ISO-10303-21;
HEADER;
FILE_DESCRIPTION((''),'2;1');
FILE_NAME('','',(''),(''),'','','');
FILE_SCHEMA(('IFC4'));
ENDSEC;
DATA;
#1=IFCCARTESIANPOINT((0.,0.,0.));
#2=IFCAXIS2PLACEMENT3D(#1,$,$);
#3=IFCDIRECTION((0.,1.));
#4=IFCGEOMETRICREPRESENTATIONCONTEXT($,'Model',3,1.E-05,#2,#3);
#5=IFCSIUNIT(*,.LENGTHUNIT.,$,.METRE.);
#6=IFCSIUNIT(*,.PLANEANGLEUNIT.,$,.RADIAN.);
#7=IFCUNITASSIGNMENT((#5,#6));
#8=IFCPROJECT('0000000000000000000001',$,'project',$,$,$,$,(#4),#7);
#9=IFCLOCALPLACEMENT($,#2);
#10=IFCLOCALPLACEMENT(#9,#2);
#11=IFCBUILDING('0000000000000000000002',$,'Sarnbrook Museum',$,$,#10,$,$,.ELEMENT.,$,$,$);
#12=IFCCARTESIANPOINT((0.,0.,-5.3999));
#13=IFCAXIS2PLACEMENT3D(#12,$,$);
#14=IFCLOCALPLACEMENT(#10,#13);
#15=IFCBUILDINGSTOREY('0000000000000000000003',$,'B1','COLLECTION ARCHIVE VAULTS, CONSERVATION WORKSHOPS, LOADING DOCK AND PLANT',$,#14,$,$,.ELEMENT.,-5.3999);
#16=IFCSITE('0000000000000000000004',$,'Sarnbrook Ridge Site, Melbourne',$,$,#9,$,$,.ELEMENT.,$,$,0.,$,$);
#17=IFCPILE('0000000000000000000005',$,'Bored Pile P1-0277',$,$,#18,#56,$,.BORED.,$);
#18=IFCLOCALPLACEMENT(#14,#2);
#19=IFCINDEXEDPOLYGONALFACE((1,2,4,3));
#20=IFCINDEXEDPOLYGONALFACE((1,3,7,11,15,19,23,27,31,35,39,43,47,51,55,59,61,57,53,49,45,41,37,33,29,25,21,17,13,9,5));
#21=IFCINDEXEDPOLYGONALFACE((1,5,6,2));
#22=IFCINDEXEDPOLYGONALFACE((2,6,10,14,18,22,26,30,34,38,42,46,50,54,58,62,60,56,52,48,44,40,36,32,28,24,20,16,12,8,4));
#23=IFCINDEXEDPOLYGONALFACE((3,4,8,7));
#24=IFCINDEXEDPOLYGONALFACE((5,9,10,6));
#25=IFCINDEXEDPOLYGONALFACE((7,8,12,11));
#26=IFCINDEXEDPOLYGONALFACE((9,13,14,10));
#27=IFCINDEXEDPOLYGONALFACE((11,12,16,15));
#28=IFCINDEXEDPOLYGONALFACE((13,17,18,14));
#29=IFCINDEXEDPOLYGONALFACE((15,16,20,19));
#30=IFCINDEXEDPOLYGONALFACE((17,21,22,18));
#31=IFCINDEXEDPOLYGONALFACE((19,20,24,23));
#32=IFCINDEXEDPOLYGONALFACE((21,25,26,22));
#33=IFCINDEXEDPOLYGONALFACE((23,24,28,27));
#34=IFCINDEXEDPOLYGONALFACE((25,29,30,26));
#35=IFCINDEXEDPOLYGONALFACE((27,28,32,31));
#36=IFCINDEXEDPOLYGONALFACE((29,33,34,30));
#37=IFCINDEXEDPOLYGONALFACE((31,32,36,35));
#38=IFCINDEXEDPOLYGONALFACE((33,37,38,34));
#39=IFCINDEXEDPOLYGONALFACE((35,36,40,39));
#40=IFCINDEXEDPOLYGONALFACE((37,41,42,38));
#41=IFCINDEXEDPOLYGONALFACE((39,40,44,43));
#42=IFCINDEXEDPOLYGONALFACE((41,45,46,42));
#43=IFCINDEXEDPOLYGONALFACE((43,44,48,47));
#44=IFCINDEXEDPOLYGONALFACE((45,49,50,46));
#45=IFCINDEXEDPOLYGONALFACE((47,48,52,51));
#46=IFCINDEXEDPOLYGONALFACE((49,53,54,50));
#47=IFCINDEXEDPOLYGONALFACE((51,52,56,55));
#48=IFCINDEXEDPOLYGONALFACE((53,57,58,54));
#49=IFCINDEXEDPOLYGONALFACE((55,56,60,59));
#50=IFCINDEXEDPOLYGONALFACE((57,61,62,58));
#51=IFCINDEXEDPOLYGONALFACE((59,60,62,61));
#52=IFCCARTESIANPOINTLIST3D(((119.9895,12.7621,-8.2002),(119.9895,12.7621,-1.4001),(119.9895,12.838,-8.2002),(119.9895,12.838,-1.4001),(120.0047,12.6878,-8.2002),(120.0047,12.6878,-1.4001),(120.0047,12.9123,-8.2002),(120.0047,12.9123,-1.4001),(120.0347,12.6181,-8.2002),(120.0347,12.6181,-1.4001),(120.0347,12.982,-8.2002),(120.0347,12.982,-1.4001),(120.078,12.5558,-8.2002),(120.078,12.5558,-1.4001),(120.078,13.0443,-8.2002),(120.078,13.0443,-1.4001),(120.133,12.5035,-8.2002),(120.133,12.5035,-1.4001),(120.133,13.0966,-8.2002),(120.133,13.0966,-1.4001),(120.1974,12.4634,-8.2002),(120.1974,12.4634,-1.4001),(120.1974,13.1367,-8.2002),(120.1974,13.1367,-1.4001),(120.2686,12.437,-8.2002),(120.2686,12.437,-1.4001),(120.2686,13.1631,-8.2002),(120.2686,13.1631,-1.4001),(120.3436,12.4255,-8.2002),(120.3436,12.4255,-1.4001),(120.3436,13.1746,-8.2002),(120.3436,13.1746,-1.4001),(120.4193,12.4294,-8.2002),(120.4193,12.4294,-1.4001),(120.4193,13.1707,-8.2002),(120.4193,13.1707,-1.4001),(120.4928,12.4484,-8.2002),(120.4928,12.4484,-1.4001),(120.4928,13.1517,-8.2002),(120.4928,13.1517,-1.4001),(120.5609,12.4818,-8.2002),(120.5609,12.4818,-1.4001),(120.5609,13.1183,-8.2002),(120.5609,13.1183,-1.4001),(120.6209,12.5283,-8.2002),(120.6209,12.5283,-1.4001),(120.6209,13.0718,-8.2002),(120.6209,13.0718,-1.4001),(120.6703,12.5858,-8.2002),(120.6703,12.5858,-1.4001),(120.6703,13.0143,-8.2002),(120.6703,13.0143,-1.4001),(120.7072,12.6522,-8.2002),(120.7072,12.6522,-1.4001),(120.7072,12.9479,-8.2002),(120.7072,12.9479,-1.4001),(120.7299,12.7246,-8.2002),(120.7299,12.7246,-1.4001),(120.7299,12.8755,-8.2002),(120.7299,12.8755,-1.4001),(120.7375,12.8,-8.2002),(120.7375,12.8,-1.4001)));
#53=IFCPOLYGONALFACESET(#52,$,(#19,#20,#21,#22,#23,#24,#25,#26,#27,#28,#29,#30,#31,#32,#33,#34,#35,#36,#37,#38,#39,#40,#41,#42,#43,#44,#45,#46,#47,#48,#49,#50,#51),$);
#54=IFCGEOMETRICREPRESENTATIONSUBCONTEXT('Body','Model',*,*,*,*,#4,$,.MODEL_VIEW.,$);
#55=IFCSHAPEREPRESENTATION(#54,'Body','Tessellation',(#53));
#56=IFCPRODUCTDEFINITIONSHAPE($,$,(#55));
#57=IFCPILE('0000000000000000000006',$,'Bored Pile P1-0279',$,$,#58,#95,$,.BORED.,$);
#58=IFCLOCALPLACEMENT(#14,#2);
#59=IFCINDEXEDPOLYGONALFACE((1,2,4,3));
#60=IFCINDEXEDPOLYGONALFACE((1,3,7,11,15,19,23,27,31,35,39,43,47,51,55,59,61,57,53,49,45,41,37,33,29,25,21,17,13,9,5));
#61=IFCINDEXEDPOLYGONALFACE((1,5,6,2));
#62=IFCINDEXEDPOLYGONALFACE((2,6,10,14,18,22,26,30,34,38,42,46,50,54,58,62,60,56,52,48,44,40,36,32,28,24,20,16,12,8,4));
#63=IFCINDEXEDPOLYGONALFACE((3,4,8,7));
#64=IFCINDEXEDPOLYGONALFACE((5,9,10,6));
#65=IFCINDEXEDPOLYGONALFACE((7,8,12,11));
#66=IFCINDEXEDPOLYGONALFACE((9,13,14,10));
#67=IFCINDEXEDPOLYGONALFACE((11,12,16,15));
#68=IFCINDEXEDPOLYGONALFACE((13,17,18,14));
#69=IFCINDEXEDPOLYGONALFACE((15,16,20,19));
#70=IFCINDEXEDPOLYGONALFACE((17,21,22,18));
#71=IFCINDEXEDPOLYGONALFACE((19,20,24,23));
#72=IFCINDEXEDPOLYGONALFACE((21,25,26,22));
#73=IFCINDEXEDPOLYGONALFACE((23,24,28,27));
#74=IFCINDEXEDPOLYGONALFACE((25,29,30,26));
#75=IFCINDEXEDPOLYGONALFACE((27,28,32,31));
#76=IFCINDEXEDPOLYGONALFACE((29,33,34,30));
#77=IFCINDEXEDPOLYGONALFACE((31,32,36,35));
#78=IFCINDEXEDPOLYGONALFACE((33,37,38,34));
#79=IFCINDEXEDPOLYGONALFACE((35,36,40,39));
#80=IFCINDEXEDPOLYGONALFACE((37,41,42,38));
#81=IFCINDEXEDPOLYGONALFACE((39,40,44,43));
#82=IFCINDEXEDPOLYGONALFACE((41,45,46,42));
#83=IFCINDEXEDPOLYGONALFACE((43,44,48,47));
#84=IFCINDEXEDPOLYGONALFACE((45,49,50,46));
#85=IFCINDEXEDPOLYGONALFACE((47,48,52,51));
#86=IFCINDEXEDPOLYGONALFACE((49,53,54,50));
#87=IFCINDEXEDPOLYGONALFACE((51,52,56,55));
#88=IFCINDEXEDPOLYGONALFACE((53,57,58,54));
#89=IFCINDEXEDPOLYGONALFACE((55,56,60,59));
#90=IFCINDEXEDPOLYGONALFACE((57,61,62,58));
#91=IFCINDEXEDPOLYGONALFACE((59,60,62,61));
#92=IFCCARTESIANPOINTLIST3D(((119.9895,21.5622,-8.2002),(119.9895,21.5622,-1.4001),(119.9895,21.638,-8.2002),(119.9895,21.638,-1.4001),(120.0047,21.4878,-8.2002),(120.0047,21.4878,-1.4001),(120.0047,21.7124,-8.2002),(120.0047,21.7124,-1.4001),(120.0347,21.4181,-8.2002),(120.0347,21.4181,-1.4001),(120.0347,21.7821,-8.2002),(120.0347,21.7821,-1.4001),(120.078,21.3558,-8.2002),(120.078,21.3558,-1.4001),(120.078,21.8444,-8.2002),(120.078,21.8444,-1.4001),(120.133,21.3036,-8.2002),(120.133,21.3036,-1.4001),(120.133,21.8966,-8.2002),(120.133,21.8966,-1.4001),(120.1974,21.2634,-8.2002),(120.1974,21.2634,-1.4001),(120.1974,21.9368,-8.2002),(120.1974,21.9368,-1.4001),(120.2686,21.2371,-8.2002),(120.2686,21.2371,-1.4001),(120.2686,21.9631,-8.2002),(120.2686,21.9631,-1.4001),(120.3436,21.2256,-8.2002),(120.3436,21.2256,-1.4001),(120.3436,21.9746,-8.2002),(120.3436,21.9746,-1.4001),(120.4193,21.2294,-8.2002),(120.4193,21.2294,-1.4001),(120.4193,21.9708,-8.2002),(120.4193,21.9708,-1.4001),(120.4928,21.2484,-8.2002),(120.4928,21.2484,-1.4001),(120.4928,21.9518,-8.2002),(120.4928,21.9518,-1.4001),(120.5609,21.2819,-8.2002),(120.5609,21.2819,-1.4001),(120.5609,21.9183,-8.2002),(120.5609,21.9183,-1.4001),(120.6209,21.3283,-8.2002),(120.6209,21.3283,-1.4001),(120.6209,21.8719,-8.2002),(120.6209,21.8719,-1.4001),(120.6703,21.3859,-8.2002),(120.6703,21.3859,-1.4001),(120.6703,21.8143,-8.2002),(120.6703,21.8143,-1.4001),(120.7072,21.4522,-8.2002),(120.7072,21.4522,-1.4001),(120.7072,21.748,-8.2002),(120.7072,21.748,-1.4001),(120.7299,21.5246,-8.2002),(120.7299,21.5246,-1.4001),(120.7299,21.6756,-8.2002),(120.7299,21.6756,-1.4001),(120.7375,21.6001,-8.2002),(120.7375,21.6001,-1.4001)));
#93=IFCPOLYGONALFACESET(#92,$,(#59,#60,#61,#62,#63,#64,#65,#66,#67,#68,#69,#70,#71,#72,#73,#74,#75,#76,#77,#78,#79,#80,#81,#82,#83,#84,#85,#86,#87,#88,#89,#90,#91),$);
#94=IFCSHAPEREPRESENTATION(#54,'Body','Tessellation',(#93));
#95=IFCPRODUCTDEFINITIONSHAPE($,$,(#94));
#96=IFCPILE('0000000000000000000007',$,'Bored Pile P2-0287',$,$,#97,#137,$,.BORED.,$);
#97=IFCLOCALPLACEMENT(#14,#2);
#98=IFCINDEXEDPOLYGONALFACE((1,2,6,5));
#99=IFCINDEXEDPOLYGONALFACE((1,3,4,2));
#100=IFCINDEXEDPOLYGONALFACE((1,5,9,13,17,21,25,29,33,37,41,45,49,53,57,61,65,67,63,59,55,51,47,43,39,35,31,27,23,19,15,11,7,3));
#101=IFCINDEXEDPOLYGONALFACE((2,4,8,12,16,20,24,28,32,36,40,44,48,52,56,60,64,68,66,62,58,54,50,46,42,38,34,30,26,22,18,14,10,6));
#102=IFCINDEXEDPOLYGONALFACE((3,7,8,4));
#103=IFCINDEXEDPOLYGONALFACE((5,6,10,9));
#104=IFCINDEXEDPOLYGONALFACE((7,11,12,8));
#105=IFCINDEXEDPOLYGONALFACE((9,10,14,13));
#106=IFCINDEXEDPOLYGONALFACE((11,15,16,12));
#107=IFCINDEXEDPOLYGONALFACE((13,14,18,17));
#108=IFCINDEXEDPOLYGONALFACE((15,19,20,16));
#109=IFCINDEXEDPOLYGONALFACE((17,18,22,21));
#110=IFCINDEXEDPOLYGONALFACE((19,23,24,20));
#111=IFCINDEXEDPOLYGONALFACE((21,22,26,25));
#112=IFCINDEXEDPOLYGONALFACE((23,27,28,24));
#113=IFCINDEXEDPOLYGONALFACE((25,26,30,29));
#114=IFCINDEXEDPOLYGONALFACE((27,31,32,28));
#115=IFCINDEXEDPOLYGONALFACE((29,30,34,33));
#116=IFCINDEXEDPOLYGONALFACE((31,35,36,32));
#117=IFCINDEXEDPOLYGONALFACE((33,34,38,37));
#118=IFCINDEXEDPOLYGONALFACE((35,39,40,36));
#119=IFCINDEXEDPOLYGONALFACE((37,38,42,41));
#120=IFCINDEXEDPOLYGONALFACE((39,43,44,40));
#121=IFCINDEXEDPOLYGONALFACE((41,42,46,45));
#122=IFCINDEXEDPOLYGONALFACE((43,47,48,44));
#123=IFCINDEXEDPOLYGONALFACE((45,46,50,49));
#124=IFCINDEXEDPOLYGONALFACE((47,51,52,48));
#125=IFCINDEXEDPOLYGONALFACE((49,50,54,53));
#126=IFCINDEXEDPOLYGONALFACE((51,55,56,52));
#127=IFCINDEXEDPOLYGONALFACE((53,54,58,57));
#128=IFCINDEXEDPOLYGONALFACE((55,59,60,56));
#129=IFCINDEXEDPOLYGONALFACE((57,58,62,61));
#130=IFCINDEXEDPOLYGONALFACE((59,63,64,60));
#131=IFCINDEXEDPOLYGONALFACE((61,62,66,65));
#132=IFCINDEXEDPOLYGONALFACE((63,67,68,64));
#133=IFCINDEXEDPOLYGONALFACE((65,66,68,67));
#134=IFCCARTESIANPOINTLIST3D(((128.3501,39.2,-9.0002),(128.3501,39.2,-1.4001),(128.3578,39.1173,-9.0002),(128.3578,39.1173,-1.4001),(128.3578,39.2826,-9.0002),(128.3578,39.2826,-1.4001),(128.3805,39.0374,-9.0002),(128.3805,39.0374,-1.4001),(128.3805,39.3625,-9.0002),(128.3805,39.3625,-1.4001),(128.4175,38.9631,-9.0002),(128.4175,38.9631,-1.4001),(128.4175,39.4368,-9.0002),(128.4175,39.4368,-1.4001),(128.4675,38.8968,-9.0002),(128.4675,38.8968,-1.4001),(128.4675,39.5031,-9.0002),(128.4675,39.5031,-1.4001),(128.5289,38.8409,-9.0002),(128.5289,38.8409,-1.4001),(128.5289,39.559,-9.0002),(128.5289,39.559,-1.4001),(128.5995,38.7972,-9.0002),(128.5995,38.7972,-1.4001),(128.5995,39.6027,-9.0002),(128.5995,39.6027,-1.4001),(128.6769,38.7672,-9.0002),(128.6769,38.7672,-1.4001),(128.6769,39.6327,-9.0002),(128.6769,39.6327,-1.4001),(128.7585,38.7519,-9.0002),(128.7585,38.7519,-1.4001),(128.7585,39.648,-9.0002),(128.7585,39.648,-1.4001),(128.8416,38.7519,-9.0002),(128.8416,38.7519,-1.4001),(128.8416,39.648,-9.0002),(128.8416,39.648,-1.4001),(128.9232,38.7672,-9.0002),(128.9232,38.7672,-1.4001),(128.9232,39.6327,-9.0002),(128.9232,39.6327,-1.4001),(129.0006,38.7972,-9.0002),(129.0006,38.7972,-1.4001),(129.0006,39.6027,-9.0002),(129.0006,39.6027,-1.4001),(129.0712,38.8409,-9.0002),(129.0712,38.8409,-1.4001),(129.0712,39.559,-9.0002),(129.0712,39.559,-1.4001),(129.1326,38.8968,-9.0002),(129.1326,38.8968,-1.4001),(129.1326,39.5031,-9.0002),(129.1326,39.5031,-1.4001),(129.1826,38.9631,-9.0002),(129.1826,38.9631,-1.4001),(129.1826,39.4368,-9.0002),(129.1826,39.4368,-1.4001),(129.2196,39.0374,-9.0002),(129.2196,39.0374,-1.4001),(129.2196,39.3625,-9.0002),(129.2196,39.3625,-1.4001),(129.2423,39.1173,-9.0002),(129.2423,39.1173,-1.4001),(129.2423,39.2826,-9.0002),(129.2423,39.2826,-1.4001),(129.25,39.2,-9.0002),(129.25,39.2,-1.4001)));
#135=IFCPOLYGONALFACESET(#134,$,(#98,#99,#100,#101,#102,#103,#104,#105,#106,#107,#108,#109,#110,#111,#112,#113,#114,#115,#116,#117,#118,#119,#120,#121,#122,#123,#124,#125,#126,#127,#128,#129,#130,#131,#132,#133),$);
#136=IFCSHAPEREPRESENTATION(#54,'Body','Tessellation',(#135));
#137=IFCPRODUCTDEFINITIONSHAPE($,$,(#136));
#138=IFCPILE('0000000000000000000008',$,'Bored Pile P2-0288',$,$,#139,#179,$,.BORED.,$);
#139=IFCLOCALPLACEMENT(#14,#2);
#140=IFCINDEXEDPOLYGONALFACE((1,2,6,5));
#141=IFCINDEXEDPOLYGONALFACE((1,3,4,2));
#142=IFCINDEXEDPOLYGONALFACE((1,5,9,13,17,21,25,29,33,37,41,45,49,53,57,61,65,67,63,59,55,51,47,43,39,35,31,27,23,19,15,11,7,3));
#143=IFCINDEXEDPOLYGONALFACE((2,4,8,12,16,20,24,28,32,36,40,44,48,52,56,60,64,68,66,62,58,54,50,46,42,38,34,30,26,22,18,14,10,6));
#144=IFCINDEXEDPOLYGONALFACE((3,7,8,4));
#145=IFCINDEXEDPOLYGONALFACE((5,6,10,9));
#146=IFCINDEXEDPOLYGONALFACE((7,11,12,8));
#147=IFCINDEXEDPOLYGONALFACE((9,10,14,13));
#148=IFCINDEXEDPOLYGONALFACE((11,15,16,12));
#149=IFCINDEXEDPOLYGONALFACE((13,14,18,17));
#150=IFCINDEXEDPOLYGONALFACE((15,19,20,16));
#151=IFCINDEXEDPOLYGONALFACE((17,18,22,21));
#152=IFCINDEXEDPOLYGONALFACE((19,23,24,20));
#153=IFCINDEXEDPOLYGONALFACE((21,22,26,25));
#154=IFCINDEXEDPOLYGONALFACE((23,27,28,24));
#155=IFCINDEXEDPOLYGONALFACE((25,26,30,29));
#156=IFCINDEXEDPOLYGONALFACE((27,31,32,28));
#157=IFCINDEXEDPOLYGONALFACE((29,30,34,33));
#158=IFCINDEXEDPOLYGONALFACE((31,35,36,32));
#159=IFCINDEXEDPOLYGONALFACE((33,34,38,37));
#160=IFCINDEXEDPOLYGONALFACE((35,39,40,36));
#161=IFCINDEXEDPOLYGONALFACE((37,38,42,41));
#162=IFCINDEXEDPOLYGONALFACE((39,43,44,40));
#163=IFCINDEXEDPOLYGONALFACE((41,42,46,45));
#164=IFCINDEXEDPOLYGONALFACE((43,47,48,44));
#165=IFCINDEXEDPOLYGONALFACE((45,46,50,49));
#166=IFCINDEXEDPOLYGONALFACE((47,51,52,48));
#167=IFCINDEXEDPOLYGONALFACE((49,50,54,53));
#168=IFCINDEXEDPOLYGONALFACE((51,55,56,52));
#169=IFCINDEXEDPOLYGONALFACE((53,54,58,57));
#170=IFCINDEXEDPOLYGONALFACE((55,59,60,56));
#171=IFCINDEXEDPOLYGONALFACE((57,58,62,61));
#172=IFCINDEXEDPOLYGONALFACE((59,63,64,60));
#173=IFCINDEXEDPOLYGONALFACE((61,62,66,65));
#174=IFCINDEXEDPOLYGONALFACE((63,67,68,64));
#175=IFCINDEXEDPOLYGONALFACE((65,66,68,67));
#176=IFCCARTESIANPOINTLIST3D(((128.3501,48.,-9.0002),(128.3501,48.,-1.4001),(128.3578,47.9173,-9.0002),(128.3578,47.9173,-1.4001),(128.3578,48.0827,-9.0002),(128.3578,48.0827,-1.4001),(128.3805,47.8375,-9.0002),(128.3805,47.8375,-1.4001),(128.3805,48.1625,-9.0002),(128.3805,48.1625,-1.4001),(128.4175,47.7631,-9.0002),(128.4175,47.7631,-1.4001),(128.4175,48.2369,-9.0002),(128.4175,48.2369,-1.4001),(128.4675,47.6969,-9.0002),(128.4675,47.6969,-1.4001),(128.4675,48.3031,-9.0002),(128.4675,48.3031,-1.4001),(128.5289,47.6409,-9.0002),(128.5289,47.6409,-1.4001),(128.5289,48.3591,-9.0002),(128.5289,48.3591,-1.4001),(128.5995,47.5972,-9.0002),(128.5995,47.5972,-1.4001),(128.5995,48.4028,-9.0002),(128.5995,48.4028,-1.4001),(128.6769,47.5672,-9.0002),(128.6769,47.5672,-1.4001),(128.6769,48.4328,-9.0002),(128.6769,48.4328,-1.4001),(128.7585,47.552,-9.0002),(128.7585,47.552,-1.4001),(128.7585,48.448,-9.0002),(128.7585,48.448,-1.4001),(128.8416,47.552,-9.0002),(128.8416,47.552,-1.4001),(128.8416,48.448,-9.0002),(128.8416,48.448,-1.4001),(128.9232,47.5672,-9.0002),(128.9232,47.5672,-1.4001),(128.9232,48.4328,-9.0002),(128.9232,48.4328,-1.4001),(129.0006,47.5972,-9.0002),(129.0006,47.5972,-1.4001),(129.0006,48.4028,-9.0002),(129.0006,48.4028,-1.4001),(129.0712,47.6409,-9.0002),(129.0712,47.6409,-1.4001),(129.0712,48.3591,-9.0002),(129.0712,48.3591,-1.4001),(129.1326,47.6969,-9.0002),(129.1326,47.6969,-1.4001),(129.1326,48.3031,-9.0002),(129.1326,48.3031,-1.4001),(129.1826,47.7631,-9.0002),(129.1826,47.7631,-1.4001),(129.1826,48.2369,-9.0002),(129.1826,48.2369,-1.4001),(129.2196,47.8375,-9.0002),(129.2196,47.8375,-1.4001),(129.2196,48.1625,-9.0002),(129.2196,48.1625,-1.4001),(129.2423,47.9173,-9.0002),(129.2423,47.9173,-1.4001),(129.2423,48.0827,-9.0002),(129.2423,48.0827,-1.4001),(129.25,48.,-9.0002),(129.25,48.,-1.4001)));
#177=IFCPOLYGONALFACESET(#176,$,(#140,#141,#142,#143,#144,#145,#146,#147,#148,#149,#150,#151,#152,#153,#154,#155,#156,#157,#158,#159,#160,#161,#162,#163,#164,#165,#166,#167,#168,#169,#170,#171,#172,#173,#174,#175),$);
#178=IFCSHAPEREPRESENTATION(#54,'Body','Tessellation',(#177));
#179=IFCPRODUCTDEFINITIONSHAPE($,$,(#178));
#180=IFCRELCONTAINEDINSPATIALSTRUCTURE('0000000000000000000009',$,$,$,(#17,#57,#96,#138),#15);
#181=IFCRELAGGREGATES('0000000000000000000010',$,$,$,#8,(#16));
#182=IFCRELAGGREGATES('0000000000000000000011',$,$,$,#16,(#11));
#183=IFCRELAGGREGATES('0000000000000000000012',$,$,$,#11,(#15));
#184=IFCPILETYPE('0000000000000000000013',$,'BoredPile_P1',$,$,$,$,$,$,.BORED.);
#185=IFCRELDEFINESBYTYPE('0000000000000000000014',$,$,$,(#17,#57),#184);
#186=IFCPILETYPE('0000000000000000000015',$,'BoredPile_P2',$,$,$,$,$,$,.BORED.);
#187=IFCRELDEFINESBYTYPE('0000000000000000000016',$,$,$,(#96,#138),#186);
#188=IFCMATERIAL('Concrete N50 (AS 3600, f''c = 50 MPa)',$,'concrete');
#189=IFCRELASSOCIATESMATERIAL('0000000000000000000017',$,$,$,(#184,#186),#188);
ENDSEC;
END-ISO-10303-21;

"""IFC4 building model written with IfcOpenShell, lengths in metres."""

from ifc_helpers import new_model, si_unit, direction, frame, origin, origin_2d, place, context, subcontext, project, spatial, circle, extrude, material, material_profile, profile_set, type_object, element, save


model = new_model("IFC4")

# Units and contexts
model_context = context("Model", 3, precision=1e-05, world=origin(), true_north=direction((0.0, 1.0)))
body_context = subcontext(model_context, "Body", "Model", "MODEL_VIEW")
ifc_project = project(units=[si_unit("LENGTHUNIT", "METRE"), si_unit("PLANEANGLEUNIT", "RADIAN")], contexts=[model_context])

# Site, building, storey
site_placement = place(None, origin())
site = spatial("IfcSite", under=ifc_project, at=site_placement, Name="Sarnbrook Ridge Site, Melbourne", CompositionType="ELEMENT", RefElevation=0.0)
building_placement = place(site_placement, origin())
building = spatial("IfcBuilding", under=site, at=building_placement, Name="Sarnbrook Museum", CompositionType="ELEMENT")
storey_placement = place(building_placement, frame((0.0, 0.0, -5.3999)))
storey = spatial("IfcBuildingStorey", under=building, at=storey_placement, Name="B1", Description="COLLECTION ARCHIVE VAULTS, CONSERVATION WORKSHOPS, LOADING DOCK AND PLANT", CompositionType="ELEMENT", Elevation=-5.3999)

# Piles
ifc_material_1 = material(Name="Concrete N50 (AS 3600, f'c = 50 MPa)", Category="concrete")
ifc_material_profile_1 = material_profile(ifc_material_1, circle(Radius=0.375, at=origin_2d()), Name="BORED PILE D750")
ifc_profile_set_1 = profile_set([ifc_material_profile_1], Name="Concrete N50 (AS 3600, f'c = 50 MPa)")
pile_type_1 = type_object("IfcPileType", Name="BoredPile_P1", PredefinedType="BORED", material=ifc_profile_set_1)
for number, where, z_axis, x_axis, name in (
    (1, (120.3625, 12.8, -1.4001), (0.0, 0.0, -1.0), (1.0, 0.0, 0.0), "Bored Pile P1-0277"),
    (2, (120.3625, 21.6001, -1.4001), (0.0, 0.0, -1.0), (1.0, 0.0, 0.0), "Bored Pile P1-0279"),
):
    element("IfcPile", number, at=place(storey_placement, frame(where, z_axis=z_axis, x_axis=x_axis)), inside=storey, type_object=pile_type_1, Name=name, PredefinedType="BORED", context=body_context, shape_type="SweptSolid", body=[
        extrude(circle(Radius=0.375, at=origin_2d()), origin(), (0.0, 0.0, 1.0), 6.8),
    ])
ifc_material_profile_2 = material_profile(ifc_material_1, circle(Radius=0.45, at=origin_2d()), Name="BORED PILE D900")
ifc_profile_set_2 = profile_set([ifc_material_profile_2], Name="Concrete N50 (AS 3600, f'c = 50 MPa)")
pile_type_2 = type_object("IfcPileType", Name="BoredPile_P2", PredefinedType="BORED", material=ifc_profile_set_2)
for number, where, z_axis, x_axis, name in (
    (3, (128.8, 39.2, -1.4001), (0.0, 0.0, -1.0), (1.0, 0.0, 0.0), "Bored Pile P2-0287"),
    (4, (128.8, 48.0, -1.4001), (0.0, 0.0, -1.0), (1.0, 0.0, 0.0), "Bored Pile P2-0288"),
):
    element("IfcPile", number, at=place(storey_placement, frame(where, z_axis=z_axis, x_axis=x_axis)), inside=storey, type_object=pile_type_2, Name=name, PredefinedType="BORED", context=body_context, shape_type="SweptSolid", body=[
        extrude(circle(Radius=0.45, at=origin_2d()), origin(), (0.0, 0.0, 1.0), 7.6001),
    ])

save(model, "model.ifc")
